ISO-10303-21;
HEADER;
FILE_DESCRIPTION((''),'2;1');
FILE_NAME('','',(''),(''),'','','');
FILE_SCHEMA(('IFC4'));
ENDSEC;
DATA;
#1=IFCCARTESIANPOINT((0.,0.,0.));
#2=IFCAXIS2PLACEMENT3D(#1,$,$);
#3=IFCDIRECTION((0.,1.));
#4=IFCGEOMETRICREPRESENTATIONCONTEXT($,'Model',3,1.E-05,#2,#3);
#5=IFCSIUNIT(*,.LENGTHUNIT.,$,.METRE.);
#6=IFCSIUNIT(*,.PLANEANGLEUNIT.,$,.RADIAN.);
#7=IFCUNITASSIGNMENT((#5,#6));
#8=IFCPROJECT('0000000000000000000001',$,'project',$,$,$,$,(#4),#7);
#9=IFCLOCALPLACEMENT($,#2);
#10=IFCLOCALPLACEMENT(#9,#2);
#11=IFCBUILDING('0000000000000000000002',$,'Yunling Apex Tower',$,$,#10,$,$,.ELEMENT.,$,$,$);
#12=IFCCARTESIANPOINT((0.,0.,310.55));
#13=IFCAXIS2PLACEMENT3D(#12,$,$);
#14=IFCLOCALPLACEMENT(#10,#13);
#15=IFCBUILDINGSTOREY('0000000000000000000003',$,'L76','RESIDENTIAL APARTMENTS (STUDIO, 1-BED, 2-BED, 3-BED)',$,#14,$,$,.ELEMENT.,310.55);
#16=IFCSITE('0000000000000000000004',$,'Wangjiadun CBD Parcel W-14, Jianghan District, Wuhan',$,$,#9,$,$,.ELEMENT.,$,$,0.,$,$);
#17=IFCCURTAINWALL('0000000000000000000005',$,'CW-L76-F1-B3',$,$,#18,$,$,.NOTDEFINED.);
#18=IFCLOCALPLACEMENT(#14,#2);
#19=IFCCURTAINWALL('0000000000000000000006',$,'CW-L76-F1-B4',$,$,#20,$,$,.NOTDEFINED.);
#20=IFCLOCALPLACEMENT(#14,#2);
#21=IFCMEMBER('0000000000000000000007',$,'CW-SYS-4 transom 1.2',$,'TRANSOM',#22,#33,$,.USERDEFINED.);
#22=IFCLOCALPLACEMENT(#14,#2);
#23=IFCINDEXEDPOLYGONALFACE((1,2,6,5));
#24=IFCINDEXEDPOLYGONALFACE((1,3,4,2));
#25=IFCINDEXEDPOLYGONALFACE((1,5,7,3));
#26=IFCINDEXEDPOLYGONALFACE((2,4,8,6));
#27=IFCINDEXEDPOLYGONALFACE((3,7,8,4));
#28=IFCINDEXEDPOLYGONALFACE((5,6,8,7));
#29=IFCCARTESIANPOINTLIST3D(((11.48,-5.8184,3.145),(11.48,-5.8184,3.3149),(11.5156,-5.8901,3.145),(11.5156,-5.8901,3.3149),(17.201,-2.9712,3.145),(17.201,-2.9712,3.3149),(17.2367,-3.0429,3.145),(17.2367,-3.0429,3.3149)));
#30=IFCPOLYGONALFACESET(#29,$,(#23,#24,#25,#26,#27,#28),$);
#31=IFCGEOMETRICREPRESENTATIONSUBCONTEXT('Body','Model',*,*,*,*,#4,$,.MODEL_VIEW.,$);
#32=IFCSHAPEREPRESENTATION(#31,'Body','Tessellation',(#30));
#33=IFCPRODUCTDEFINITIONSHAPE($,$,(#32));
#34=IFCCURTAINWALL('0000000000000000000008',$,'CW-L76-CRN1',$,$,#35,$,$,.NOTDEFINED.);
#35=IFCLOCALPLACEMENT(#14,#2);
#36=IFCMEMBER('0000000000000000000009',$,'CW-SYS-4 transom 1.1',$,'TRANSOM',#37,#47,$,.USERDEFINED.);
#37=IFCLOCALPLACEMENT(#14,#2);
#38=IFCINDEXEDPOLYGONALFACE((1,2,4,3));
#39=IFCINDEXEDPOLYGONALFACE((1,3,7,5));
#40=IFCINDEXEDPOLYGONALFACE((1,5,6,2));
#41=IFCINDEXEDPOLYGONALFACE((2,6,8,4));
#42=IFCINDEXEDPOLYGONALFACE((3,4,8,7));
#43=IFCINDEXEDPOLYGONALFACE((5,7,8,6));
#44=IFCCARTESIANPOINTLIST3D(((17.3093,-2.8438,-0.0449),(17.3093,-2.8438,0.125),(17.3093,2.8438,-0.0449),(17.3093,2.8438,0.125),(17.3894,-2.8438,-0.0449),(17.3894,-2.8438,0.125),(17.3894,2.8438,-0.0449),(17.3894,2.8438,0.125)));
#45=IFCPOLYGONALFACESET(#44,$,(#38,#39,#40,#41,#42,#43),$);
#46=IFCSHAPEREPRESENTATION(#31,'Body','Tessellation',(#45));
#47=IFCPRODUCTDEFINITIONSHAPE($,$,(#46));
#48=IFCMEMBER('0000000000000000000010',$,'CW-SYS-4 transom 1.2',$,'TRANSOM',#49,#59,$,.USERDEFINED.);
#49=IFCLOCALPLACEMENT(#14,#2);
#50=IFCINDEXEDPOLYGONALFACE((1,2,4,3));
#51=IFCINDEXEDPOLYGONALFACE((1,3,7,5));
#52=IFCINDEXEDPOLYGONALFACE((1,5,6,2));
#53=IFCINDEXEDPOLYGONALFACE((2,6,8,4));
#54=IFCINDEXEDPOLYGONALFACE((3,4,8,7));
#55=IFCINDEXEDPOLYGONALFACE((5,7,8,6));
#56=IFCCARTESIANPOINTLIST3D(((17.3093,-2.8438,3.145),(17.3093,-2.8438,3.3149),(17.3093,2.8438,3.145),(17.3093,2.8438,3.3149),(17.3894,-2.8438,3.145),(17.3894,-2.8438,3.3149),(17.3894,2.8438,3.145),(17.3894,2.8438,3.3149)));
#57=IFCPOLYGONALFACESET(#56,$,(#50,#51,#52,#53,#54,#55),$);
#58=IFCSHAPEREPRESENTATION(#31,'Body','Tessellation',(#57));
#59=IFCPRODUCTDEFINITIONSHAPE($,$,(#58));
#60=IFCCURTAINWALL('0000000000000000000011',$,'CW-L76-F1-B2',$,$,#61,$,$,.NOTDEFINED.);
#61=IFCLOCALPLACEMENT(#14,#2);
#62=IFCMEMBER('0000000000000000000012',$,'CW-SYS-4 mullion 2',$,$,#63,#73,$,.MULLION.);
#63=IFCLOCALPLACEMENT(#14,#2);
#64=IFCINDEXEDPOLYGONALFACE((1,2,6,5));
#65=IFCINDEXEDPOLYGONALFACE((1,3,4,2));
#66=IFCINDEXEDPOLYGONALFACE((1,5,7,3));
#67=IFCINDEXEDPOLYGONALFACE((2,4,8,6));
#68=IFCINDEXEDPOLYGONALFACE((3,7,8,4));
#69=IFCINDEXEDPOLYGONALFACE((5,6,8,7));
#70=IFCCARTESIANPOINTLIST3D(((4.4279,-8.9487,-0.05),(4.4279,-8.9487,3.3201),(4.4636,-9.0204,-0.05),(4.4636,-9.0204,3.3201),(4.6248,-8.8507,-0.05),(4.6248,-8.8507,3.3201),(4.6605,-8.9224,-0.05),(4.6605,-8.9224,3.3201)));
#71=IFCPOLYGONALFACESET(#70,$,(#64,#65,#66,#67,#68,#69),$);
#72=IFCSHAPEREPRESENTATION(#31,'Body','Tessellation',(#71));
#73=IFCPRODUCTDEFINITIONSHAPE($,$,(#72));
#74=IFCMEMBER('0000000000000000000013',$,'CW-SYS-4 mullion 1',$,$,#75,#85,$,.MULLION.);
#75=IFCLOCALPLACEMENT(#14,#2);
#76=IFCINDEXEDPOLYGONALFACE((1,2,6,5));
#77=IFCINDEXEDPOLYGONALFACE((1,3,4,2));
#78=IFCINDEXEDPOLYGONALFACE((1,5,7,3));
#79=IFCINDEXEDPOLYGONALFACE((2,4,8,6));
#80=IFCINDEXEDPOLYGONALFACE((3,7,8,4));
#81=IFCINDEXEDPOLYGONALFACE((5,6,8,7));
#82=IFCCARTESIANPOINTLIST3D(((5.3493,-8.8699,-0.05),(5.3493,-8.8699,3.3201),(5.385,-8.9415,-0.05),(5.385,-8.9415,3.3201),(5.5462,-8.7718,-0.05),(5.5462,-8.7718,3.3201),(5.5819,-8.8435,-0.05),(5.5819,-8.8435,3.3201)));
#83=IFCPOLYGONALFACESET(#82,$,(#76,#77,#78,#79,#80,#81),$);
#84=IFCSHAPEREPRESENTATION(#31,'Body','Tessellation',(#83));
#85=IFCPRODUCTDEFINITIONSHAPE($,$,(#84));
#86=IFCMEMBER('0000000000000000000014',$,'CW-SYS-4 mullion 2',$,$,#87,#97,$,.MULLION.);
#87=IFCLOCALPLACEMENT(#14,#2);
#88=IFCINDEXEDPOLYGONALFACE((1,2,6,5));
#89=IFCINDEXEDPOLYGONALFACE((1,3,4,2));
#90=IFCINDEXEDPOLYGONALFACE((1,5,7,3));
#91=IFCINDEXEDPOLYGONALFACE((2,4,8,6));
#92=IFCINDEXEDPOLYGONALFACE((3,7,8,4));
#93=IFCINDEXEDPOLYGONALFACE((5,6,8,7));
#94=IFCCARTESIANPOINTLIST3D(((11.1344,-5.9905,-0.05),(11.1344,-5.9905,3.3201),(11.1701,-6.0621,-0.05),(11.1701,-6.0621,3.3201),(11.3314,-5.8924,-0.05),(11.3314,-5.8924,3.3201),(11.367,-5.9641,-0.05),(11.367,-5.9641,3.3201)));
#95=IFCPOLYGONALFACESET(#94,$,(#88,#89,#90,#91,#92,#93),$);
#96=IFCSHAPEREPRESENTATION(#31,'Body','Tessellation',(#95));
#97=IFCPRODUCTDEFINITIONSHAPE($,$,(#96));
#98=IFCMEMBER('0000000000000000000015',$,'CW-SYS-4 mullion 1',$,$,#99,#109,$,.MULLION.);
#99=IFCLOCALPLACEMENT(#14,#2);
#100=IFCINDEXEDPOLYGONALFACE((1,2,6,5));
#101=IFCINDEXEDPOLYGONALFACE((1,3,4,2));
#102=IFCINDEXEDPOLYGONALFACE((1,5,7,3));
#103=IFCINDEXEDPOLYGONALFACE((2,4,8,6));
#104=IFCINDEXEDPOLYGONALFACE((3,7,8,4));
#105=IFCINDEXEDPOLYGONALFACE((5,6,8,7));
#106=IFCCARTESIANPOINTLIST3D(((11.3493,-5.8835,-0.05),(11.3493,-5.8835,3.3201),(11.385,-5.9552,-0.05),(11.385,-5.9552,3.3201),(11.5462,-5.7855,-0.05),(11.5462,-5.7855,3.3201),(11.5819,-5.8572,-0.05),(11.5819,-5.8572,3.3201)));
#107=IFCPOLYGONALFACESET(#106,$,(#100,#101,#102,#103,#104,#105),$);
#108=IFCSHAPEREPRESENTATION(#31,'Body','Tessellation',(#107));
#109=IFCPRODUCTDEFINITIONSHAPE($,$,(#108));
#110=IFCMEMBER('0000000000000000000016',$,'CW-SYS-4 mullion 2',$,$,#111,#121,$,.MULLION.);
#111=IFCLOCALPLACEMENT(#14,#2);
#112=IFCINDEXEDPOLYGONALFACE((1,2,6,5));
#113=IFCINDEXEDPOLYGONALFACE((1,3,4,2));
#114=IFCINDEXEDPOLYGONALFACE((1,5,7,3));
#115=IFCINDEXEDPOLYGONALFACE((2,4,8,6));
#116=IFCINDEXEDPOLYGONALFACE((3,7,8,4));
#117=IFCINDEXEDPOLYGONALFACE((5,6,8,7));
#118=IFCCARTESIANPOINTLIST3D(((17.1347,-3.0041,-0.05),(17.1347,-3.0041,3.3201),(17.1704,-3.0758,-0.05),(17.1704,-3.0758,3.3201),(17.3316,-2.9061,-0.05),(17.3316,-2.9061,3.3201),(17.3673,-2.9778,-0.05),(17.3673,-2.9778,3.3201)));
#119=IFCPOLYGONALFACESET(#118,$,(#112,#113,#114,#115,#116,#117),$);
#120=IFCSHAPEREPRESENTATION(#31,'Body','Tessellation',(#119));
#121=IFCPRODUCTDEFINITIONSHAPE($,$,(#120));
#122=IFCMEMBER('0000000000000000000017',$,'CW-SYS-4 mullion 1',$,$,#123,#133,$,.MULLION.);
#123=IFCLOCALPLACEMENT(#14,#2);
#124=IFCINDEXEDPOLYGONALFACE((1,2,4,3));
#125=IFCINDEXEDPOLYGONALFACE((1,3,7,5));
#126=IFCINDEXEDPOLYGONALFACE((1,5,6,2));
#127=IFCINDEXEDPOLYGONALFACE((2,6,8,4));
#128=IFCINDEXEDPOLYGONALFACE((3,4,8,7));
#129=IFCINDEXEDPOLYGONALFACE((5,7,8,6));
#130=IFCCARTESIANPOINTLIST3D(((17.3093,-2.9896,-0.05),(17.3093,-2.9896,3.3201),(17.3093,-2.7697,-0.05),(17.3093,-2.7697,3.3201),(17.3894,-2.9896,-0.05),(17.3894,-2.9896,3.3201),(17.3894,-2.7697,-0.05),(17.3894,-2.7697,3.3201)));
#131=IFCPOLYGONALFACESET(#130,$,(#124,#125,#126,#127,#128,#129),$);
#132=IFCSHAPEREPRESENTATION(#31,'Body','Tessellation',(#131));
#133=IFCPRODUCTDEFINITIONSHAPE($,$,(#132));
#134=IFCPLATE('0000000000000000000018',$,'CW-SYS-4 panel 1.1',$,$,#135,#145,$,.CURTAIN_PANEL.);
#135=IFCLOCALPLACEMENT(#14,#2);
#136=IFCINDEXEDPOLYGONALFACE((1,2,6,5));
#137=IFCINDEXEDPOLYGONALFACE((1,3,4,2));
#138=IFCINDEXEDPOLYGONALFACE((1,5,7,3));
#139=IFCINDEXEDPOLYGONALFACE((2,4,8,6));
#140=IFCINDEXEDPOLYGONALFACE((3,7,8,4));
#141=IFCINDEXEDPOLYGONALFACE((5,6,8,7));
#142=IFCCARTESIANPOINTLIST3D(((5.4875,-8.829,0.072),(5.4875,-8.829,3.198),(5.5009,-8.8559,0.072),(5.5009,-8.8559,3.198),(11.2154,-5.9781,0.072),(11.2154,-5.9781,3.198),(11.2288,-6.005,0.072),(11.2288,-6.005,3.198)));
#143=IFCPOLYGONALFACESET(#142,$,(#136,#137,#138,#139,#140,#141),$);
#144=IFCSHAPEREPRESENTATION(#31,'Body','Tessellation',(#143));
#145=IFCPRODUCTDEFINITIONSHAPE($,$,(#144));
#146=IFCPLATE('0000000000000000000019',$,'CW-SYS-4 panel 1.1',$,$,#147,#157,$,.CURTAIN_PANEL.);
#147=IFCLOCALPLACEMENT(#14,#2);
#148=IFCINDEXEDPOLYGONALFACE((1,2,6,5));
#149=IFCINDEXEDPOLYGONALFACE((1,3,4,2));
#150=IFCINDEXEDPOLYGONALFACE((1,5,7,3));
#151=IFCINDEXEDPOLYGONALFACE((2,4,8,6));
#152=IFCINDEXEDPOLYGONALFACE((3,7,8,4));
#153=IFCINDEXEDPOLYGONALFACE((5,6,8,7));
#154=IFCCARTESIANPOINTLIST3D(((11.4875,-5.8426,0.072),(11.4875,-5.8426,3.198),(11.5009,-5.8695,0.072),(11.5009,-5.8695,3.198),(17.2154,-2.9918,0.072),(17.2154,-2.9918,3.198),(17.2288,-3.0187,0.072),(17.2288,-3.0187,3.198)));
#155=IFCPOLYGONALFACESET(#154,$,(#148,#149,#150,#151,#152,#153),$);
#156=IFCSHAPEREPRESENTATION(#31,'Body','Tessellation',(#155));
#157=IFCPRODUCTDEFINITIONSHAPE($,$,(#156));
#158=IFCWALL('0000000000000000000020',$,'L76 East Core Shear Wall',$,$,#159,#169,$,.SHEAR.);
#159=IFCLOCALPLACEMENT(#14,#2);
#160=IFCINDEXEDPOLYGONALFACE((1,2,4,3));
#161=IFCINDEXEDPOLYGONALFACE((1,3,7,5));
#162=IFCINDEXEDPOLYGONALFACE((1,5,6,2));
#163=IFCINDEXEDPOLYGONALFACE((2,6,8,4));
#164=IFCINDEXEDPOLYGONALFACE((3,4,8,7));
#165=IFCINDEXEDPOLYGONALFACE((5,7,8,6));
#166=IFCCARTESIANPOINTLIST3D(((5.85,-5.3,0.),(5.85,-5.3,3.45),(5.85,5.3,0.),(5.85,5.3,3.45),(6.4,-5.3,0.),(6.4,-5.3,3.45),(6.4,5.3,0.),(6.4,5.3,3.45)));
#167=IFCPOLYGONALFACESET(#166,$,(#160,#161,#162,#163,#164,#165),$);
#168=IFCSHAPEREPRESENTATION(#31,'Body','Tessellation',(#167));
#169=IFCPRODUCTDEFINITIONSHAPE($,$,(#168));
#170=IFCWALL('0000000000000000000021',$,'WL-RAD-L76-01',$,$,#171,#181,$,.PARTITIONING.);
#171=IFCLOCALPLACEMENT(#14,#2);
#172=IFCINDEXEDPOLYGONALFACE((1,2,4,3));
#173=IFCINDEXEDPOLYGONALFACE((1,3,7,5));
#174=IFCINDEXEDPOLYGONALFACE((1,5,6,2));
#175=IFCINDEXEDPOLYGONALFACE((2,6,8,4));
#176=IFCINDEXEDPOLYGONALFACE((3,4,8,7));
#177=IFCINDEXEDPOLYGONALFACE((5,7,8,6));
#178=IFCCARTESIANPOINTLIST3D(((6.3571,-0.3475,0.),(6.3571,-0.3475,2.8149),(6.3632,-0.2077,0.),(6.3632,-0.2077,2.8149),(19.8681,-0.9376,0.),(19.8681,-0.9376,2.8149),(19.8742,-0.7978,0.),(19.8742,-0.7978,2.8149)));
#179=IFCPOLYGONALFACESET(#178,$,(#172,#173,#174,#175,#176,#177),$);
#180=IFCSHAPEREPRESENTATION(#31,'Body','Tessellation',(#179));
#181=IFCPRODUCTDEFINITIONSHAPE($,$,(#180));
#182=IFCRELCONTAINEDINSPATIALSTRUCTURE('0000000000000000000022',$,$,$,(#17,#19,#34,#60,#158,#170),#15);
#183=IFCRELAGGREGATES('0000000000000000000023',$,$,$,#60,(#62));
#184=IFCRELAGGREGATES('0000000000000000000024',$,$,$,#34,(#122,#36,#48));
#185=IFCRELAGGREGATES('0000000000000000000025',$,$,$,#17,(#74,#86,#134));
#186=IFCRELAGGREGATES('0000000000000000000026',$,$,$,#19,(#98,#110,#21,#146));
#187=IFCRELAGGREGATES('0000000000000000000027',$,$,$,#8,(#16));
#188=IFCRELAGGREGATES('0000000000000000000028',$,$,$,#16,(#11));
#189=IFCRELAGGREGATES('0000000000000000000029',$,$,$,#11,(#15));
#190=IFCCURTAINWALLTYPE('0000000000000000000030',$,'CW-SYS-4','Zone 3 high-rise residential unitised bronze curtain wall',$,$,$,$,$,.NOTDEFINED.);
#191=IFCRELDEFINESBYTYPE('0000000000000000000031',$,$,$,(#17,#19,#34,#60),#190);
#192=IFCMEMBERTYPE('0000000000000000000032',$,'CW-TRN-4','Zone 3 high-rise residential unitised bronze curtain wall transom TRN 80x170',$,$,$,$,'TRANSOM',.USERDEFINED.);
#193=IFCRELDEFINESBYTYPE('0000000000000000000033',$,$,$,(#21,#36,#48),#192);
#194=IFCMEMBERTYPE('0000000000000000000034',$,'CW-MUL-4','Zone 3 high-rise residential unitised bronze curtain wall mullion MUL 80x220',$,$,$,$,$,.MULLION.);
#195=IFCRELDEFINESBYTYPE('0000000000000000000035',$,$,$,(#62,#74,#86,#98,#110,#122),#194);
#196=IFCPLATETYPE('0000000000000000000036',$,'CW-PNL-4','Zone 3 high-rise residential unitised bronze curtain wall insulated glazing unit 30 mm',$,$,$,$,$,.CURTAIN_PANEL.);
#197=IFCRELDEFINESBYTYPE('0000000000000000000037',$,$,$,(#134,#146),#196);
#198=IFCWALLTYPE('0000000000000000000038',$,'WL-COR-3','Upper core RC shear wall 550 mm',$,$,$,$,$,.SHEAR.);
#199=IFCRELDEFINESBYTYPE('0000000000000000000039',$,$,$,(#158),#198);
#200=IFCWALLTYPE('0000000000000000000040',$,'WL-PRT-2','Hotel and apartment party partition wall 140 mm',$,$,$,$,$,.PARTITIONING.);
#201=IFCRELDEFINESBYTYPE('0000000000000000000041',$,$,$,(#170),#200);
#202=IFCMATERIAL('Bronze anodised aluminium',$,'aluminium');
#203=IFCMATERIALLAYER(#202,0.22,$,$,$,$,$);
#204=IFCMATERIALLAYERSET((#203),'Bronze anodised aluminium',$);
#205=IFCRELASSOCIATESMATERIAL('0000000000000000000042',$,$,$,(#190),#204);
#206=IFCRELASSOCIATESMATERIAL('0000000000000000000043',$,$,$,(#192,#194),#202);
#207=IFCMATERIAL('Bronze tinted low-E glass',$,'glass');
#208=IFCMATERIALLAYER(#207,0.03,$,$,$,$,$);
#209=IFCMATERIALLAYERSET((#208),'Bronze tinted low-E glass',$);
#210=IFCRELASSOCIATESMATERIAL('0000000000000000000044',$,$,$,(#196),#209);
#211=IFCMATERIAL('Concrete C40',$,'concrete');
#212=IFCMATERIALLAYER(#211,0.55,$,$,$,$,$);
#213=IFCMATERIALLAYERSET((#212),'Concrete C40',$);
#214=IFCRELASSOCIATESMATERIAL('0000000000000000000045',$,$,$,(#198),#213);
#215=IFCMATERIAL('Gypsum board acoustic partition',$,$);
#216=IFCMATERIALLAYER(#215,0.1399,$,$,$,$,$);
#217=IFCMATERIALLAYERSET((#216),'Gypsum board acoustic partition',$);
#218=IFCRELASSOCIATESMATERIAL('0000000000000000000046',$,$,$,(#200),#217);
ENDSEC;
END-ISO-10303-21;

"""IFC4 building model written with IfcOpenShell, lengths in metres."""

from ifc_helpers import new_model, si_unit, direction, frame, frame_2d, origin, origin_2d, place, context, subcontext, project, spatial, rectangle, extrude, source, transform, mapped, material, layer, layer_set, material_profile, profile_set, type_object, element, aggregate, save


model = new_model("IFC4")

# Units and contexts
model_context = context("Model", 3, precision=1e-05, world=origin(), true_north=direction((0.0, 1.0)))
body_context = subcontext(model_context, "Body", "Model", "MODEL_VIEW")
ifc_project = project(units=[si_unit("LENGTHUNIT", "METRE"), si_unit("PLANEANGLEUNIT", "RADIAN")], contexts=[model_context])

# Site, building, storey
site_placement = place(None, origin())
site = spatial("IfcSite", under=ifc_project, at=site_placement, Name="Wangjiadun CBD Parcel W-14, Jianghan District, Wuhan", CompositionType="ELEMENT", RefElevation=0.0)
building_placement = place(site_placement, origin())
building = spatial("IfcBuilding", under=site, at=building_placement, Name="Yunling Apex Tower", CompositionType="ELEMENT")
storey_placement = place(building_placement, frame((0.0, 0.0, 310.55)))
storey = spatial("IfcBuildingStorey", under=building, at=storey_placement, Name="L76", Description="RESIDENTIAL APARTMENTS (STUDIO, 1-BED, 2-BED, 3-BED)", CompositionType="ELEMENT", Elevation=310.55)

# Curtain walls, members
ifc_material_1 = material(Name="Bronze anodised aluminium", Category="aluminium")
ifc_layer_1 = layer(ifc_material_1, 0.22)
ifc_layer_set_1 = layer_set([ifc_layer_1], Name="Bronze anodised aluminium")
curtain_wall_type = type_object("IfcCurtainWallType", Name="CW-SYS-4", Description="Zone 3 high-rise residential unitised bronze curtain wall", PredefinedType="NOTDEFINED", material=ifc_layer_set_1)
curtain_wall_1_placement = place(storey_placement, origin())
curtain_wall_1 = element("IfcCurtainWall", 1, at=curtain_wall_1_placement, inside=storey, type_object=curtain_wall_type, Name="CW-L76-F1-B3", PredefinedType="NOTDEFINED")
ifc_material_profile_1 = material_profile(ifc_material_1, rectangle(XDim=0.0801, YDim=0.1699, at=origin_2d()))
ifc_profile_set_1 = profile_set([ifc_material_profile_1], Name="Bronze anodised aluminium")
member_type_1 = type_object("IfcMemberType", Name="CW-TRN-4", Description="Zone 3 high-rise residential unitised bronze curtain wall transom TRN 80x170", ElementType="TRANSOM", PredefinedType="USERDEFINED", material=ifc_profile_set_1)
curtain_wall_2_placement = place(storey_placement, origin())
curtain_wall_2 = element("IfcCurtainWall", 2, at=curtain_wall_2_placement, inside=storey, type_object=curtain_wall_type, Name="CW-L76-F1-B4", PredefinedType="NOTDEFINED")
shared_shape_1 = source(origin(), body_context, "Body", "SweptSolid", [
    extrude(rectangle(XDim=0.0801, YDim=0.1699, at=origin_2d()), origin(), (0.0, 0.0, 1.0), 6.3904),
])
member_1_placement = place(storey_placement, frame((11.4978, -5.8542, 3.23), z_axis=(0.895259, 0.445547, 0.0), x_axis=(-0.445547, 0.895259, 0.0)))
member_1 = element("IfcMember", 3, at=member_1_placement, type_object=member_type_1, Name="CW-SYS-4 transom 1.2", ObjectType="TRANSOM", PredefinedType="USERDEFINED", context=body_context, shape_type="MappedRepresentation", body=[
    mapped(shared_shape_1, transform((0.0, 0.0, 0.0), scale=1.0)),
])
curtain_wall_3_placement = place(storey_placement, origin())
curtain_wall_3 = element("IfcCurtainWall", 4, at=curtain_wall_3_placement, inside=storey, type_object=curtain_wall_type, Name="CW-L76-CRN1", PredefinedType="NOTDEFINED")
shared_shape_2 = source(origin(), body_context, "Body", "SweptSolid", [
    extrude(rectangle(XDim=0.0801, YDim=0.1699, at=origin_2d()), origin(), (0.0, 0.0, 1.0), 5.6875),
])
member_2_placement = place(storey_placement, frame((17.3494, -2.8438, 0.04), z_axis=(0.0, 1.0, 0.0), x_axis=(-1.0, 0.0, 0.0)))
member_2 = element("IfcMember", 5, at=member_2_placement, type_object=member_type_1, Name="CW-SYS-4 transom 1.1", ObjectType="TRANSOM", PredefinedType="USERDEFINED", context=body_context, shape_type="MappedRepresentation", body=[
    mapped(shared_shape_2, transform((0.0, 0.0, 0.0), scale=1.0)),
])
member_3_placement = place(storey_placement, frame((17.3494, -2.8438, 3.23), z_axis=(0.0, 1.0, 0.0), x_axis=(-1.0, 0.0, 0.0)))
member_3 = element("IfcMember", 6, at=member_3_placement, type_object=member_type_1, Name="CW-SYS-4 transom 1.2", ObjectType="TRANSOM", PredefinedType="USERDEFINED", context=body_context, shape_type="MappedRepresentation", body=[
    mapped(shared_shape_2, transform((0.0, 0.0, 0.0), scale=1.0)),
])

# Curtain wall, member
curtain_wall_4_placement = place(storey_placement, origin())
curtain_wall_4 = element("IfcCurtainWall", 7, at=curtain_wall_4_placement, inside=storey, type_object=curtain_wall_type, Name="CW-L76-F1-B2", PredefinedType="NOTDEFINED")
ifc_material_profile_2 = material_profile(ifc_material_1, rectangle(XDim=0.0801, YDim=0.22, at=origin_2d()))
ifc_profile_set_2 = profile_set([ifc_material_profile_2], Name="Bronze anodised aluminium")
member_type_2 = type_object("IfcMemberType", Name="CW-MUL-4", Description="Zone 3 high-rise residential unitised bronze curtain wall mullion MUL 80x220", PredefinedType="MULLION", material=ifc_profile_set_2)
shared_shape_3 = source(origin(), body_context, "Body", "SweptSolid", [
    extrude(rectangle(XDim=0.0801, YDim=0.22, at=origin_2d()), origin(), (0.0, 0.0, 1.0), 3.3701),
])
member_4_placement = place(storey_placement, frame((4.5442, -8.9355, -0.05), z_axis=(0.0, 0.0, 1.0), x_axis=(-0.445561, 0.895252, 0.0)))
member_4 = element("IfcMember", 8, at=member_4_placement, type_object=member_type_2, Name="CW-SYS-4 mullion 2", PredefinedType="MULLION", context=body_context, shape_type="MappedRepresentation", body=[
    mapped(shared_shape_3, transform((0.0, 0.0, 0.0), scale=1.0)),
])
aggregate(curtain_wall_4, [member_4])

# Members
member_5_placement = place(storey_placement, frame((5.4656, -8.8567, -0.05), z_axis=(0.0, 0.0, 1.0), x_axis=(-0.44558, 0.895242, 0.0)))
member_5 = element("IfcMember", 9, at=member_5_placement, type_object=member_type_2, Name="CW-SYS-4 mullion 1", PredefinedType="MULLION", context=body_context, shape_type="MappedRepresentation", body=[
    mapped(shared_shape_3, transform((0.0, 0.0, 0.0), scale=1.0)),
])
member_6_placement = place(storey_placement, frame((11.2507, -5.9773, -0.05), z_axis=(0.0, 0.0, 1.0), x_axis=(-0.44558, 0.895242, 0.0)))
member_6 = element("IfcMember", 10, at=member_6_placement, type_object=member_type_2, Name="CW-SYS-4 mullion 2", PredefinedType="MULLION", context=body_context, shape_type="MappedRepresentation", body=[
    mapped(shared_shape_3, transform((0.0, 0.0, 0.0), scale=1.0)),
])
member_7_placement = place(storey_placement, frame((11.4656, -5.8704, -0.05), z_axis=(0.0, 0.0, 1.0), x_axis=(-0.445568, 0.895248, 0.0)))
member_7 = element("IfcMember", 11, at=member_7_placement, type_object=member_type_2, Name="CW-SYS-4 mullion 1", PredefinedType="MULLION", context=body_context, shape_type="MappedRepresentation", body=[
    mapped(shared_shape_3, transform((0.0, 0.0, 0.0), scale=1.0)),
])
member_8_placement = place(storey_placement, frame((17.251, -2.991, -0.05), z_axis=(0.0, 0.0, 1.0), x_axis=(-0.445568, 0.895248, 0.0)))
member_8 = element("IfcMember", 12, at=member_8_placement, type_object=member_type_2, Name="CW-SYS-4 mullion 2", PredefinedType="MULLION", context=body_context, shape_type="MappedRepresentation", body=[
    mapped(shared_shape_3, transform((0.0, 0.0, 0.0), scale=1.0)),
])
member_9_placement = place(storey_placement, frame((17.3494, -2.8796, -0.05), z_axis=(0.0, 0.0, 1.0), x_axis=(-1.0, 0.0, 0.0)))
member_9 = element("IfcMember", 13, at=member_9_placement, type_object=member_type_2, Name="CW-SYS-4 mullion 1", PredefinedType="MULLION", context=body_context, shape_type="MappedRepresentation", body=[
    mapped(shared_shape_3, transform((0.0, 0.0, 0.0), scale=1.0)),
])
aggregate(curtain_wall_3, [member_9, member_2, member_3])

# Plates
ifc_material_2 = material(Name="Bronze tinted low-E glass", Category="glass")
ifc_layer_2 = layer(ifc_material_2, 0.03)
ifc_layer_set_2 = layer_set([ifc_layer_2], Name="Bronze tinted low-E glass")
plate_type = type_object("IfcPlateType", Name="CW-PNL-4", Description="Zone 3 high-rise residential unitised bronze curtain wall insulated glazing unit 30 mm", PredefinedType="CURTAIN_PANEL", material=ifc_layer_set_2)
shared_shape_4 = source(origin(), body_context, "Body", "SweptSolid", [
    extrude(rectangle(XDim=6.3982, YDim=0.03, at=origin_2d()), origin(), (0.0, 0.0, 1.0), 3.126),
])
plate_1_placement = place(storey_placement, frame((8.3582, -7.417, 0.072), z_axis=(0.0, 0.0, 1.0), x_axis=(0.895242, 0.44558, 0.0)))
plate_1 = element("IfcPlate", 14, at=plate_1_placement, type_object=plate_type, Name="CW-SYS-4 panel 1.1", PredefinedType="CURTAIN_PANEL", context=body_context, shape_type="MappedRepresentation", body=[
    mapped(shared_shape_4, transform((0.0, 0.0, 0.0), scale=1.0)),
])
aggregate(curtain_wall_1, [member_5, member_6, plate_1])
plate_2_placement = place(storey_placement, frame((14.3582, -4.4307, 0.072), z_axis=(0.0, 0.0, 1.0), x_axis=(0.895248, 0.445568, 0.0)))
plate_2 = element("IfcPlate", 15, at=plate_2_placement, type_object=plate_type, Name="CW-SYS-4 panel 1.1", PredefinedType="CURTAIN_PANEL", context=body_context, shape_type="MappedRepresentation", body=[
    mapped(shared_shape_4, transform((0.0, 0.0, 0.0), scale=1.0)),
])
aggregate(curtain_wall_2, [member_7, member_8, member_1, plate_2])

# Walls
ifc_material_3 = material(Name="Concrete C40", Category="concrete")
ifc_layer_3 = layer(ifc_material_3, 0.55)
ifc_layer_set_3 = layer_set([ifc_layer_3], Name="Concrete C40")
wall_type_1 = type_object("IfcWallType", Name="WL-COR-3", Description="Upper core RC shear wall 550 mm", PredefinedType="SHEAR", material=ifc_layer_set_3)
wall_1_placement = place(storey_placement, frame((6.125, -5.3, 0.0), z_axis=(0.0, 0.0, 1.0), x_axis=(0.0, 1.0, 0.0)))
element("IfcWall", 16, at=wall_1_placement, inside=storey, type_object=wall_type_1, Name="L76 East Core Shear Wall", PredefinedType="SHEAR", context=body_context, shape_type="SweptSolid", body=[
    extrude(rectangle(XDim=10.6001, YDim=0.55, at=frame_2d((5.3, 0.0))), origin(), (0.0, 0.0, 1.0), 3.45),
])
ifc_material_4 = material(Name="Gypsum board acoustic partition")
ifc_layer_4 = layer(ifc_material_4, 0.1399)
ifc_layer_set_4 = layer_set([ifc_layer_4], Name="Gypsum board acoustic partition")
wall_type_2 = type_object("IfcWallType", Name="WL-PRT-2", Description="Hotel and apartment party partition wall 140 mm", PredefinedType="PARTITIONING", material=ifc_layer_set_4)
wall_2_placement = place(storey_placement, frame((6.3601, -0.2776, 0.0), z_axis=(0.0, 0.0, 1.0), x_axis=(0.999048, -0.043633, 0.0)))
element("IfcWall", 17, at=wall_2_placement, inside=storey, type_object=wall_type_2, Name="WL-RAD-L76-01", PredefinedType="PARTITIONING", context=body_context, shape_type="SweptSolid", body=[
    extrude(rectangle(XDim=13.5239, YDim=0.1399, at=frame_2d((6.762, 0.0))), origin(), (0.0, 0.0, 1.0), 2.8149),
])

save(model, "model.ifc")
